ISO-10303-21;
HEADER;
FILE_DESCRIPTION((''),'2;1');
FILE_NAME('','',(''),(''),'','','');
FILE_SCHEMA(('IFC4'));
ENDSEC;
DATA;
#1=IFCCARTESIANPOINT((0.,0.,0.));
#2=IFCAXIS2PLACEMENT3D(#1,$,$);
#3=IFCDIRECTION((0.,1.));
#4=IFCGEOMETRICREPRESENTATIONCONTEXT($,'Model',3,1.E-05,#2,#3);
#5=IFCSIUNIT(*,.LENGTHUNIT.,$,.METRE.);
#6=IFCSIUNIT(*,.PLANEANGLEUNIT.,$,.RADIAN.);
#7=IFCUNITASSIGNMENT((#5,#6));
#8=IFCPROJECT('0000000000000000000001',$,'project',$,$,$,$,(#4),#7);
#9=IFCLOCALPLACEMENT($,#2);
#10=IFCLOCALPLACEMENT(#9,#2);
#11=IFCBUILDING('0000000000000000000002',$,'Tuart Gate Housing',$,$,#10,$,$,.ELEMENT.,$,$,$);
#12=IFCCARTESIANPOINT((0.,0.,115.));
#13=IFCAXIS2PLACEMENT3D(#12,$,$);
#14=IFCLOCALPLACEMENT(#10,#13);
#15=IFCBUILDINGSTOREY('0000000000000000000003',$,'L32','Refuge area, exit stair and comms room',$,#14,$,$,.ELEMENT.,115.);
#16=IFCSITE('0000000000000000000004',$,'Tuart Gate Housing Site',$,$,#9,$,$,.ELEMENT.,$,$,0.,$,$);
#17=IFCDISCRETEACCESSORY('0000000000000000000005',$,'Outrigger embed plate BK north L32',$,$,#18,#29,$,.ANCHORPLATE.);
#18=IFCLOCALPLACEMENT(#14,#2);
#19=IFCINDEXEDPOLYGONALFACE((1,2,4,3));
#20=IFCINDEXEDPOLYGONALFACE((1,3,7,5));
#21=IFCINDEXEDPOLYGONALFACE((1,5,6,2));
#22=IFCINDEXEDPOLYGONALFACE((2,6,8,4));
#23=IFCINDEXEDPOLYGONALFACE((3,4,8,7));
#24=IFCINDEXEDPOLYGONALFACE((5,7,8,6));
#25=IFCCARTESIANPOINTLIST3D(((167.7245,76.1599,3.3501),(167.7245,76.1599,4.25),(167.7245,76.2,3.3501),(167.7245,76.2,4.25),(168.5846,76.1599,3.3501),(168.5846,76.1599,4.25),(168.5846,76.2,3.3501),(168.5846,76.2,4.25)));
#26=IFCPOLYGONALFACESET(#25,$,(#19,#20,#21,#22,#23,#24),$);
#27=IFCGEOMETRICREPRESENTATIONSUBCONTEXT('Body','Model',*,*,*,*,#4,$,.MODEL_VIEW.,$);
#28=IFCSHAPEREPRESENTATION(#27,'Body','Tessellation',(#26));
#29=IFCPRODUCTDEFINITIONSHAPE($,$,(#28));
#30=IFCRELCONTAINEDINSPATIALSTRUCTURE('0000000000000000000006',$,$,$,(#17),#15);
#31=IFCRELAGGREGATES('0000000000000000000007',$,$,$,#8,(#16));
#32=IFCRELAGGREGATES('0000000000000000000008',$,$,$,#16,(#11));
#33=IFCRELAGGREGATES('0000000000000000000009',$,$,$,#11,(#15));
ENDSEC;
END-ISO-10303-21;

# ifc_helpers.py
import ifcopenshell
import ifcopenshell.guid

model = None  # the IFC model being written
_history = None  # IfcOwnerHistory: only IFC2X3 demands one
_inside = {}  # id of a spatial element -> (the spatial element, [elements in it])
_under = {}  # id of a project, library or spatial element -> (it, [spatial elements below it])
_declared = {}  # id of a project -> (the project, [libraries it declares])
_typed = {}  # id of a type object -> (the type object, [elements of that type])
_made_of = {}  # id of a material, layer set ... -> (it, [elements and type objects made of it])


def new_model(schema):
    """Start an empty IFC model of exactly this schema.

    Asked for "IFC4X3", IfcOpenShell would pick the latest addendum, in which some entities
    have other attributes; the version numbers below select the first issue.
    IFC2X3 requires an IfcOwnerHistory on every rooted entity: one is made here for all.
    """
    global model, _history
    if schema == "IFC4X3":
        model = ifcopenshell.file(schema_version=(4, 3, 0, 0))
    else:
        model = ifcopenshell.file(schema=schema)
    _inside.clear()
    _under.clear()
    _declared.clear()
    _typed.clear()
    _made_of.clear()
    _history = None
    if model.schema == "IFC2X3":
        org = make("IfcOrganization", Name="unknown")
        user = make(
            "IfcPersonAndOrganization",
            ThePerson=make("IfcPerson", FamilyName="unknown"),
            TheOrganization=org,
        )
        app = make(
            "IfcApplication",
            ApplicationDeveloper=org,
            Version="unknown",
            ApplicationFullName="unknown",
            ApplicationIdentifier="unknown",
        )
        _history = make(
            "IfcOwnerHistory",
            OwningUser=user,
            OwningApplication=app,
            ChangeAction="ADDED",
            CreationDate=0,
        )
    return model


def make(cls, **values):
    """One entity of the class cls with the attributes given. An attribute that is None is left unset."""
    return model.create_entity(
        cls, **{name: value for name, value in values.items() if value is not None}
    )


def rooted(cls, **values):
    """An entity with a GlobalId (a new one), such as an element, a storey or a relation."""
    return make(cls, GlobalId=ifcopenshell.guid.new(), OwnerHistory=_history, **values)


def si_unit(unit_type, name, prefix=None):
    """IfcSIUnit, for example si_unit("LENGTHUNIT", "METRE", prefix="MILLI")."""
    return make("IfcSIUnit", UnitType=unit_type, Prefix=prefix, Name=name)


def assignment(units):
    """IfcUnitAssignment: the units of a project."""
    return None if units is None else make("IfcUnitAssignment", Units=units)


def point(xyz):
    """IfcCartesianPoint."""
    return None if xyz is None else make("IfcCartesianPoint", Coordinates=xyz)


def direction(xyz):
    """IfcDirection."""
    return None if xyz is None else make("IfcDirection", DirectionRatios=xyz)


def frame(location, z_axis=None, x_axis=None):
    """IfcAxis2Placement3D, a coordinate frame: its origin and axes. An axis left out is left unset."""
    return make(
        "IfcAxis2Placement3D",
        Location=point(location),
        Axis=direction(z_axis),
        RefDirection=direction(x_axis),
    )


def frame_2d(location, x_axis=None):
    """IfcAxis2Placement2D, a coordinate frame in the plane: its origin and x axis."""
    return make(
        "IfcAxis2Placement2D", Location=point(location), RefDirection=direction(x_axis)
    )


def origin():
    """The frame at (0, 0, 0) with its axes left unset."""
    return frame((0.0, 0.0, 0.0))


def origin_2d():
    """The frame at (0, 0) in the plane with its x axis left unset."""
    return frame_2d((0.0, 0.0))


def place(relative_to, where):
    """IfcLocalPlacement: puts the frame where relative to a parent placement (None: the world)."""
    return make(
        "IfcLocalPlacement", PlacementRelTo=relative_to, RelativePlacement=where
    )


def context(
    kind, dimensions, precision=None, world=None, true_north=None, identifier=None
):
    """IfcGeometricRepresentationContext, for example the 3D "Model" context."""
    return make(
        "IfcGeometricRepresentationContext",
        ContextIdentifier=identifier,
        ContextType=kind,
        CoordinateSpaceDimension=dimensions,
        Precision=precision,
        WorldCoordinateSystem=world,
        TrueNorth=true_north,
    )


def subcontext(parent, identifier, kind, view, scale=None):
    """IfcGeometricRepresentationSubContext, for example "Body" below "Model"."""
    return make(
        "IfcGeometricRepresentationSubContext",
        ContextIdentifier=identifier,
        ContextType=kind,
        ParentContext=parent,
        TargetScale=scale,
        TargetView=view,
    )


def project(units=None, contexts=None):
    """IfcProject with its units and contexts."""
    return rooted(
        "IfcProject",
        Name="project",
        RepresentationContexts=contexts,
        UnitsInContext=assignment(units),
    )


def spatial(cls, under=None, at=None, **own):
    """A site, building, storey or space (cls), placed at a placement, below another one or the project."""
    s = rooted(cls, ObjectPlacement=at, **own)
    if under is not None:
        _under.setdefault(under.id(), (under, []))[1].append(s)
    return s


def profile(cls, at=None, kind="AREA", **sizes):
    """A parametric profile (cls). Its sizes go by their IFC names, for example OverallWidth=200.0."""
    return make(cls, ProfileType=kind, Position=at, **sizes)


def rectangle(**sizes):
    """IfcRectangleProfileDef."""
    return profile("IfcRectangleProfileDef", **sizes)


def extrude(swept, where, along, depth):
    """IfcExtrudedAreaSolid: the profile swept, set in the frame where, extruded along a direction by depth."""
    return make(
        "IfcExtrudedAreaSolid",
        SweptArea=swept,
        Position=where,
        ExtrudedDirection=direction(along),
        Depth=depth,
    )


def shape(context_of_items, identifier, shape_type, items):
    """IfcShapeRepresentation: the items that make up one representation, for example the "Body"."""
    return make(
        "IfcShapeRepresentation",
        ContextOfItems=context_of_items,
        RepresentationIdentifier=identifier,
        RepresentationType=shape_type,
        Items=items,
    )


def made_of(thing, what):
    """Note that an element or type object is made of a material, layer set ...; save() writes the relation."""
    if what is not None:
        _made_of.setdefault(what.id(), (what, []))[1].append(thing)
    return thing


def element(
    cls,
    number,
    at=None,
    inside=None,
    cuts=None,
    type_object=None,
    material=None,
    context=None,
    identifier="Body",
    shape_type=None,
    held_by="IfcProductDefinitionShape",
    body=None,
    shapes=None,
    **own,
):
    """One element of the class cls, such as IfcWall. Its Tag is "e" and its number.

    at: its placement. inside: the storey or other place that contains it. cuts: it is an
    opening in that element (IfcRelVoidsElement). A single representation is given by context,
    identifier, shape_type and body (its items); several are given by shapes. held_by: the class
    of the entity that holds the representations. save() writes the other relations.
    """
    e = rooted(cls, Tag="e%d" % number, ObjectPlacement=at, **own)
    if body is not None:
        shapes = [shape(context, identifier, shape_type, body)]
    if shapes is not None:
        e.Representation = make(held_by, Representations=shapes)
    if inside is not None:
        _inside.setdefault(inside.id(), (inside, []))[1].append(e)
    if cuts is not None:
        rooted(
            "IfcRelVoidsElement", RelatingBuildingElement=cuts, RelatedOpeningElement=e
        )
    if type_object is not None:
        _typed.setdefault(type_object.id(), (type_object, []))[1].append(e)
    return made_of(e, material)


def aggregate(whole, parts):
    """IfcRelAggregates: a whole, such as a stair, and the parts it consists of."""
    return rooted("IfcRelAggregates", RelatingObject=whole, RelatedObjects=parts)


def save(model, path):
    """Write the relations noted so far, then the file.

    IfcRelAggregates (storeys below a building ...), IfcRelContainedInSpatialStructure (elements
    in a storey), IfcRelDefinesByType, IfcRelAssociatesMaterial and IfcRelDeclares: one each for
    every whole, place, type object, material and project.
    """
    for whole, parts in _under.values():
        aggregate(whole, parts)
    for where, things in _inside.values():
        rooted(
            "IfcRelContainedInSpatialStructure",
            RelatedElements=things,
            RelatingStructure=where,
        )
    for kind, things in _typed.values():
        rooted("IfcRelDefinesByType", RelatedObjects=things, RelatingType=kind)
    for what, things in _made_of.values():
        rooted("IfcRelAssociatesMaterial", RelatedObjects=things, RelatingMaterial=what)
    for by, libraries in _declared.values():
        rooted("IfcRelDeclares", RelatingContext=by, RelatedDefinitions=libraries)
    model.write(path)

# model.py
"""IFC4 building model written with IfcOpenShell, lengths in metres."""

from ifc_helpers import new_model, si_unit, direction, frame, origin, origin_2d, place, context, subcontext, project, spatial, rectangle, extrude, element, save


model = new_model("IFC4")

# Units and contexts
model_context = context("Model", 3, precision=1e-05, world=origin(), true_north=direction((0.0, 1.0)))
body_context = subcontext(model_context, "Body", "Model", "MODEL_VIEW")
ifc_project = project(units=[si_unit("LENGTHUNIT", "METRE"), si_unit("PLANEANGLEUNIT", "RADIAN")], contexts=[model_context])

# Site, building, storey
site_placement = place(None, origin())
site = spatial("IfcSite", under=ifc_project, at=site_placement, Name="Tuart Gate Housing Site", CompositionType="ELEMENT", RefElevation=0.0)
building_placement = place(site_placement, origin())
building = spatial("IfcBuilding", under=site, at=building_placement, Name="Tuart Gate Housing", CompositionType="ELEMENT")
storey_placement = place(building_placement, frame((0.0, 0.0, 115.0)))
storey = spatial("IfcBuildingStorey", under=building, at=storey_placement, Name="L32", Description="Refuge area, exit stair and comms room", CompositionType="ELEMENT", Elevation=115.0)

# Discrete accessory
discrete_accessory_placement = place(storey_placement, frame((168.1545, 76.1799, 3.3501), z_axis=(0.0, 0.0, 1.0), x_axis=(1.0, 0.0, 0.0)))
element("IfcDiscreteAccessory", 1, at=discrete_accessory_placement, inside=storey, Name="Outrigger embed plate BK north L32", PredefinedType="ANCHORPLATE", context=body_context, shape_type="SweptSolid", body=[
    extrude(rectangle(XDim=0.8601, YDim=0.04, at=origin_2d()), origin(), (0.0, 0.0, 1.0), 0.8999),
])

save(model, "model.ifc")
